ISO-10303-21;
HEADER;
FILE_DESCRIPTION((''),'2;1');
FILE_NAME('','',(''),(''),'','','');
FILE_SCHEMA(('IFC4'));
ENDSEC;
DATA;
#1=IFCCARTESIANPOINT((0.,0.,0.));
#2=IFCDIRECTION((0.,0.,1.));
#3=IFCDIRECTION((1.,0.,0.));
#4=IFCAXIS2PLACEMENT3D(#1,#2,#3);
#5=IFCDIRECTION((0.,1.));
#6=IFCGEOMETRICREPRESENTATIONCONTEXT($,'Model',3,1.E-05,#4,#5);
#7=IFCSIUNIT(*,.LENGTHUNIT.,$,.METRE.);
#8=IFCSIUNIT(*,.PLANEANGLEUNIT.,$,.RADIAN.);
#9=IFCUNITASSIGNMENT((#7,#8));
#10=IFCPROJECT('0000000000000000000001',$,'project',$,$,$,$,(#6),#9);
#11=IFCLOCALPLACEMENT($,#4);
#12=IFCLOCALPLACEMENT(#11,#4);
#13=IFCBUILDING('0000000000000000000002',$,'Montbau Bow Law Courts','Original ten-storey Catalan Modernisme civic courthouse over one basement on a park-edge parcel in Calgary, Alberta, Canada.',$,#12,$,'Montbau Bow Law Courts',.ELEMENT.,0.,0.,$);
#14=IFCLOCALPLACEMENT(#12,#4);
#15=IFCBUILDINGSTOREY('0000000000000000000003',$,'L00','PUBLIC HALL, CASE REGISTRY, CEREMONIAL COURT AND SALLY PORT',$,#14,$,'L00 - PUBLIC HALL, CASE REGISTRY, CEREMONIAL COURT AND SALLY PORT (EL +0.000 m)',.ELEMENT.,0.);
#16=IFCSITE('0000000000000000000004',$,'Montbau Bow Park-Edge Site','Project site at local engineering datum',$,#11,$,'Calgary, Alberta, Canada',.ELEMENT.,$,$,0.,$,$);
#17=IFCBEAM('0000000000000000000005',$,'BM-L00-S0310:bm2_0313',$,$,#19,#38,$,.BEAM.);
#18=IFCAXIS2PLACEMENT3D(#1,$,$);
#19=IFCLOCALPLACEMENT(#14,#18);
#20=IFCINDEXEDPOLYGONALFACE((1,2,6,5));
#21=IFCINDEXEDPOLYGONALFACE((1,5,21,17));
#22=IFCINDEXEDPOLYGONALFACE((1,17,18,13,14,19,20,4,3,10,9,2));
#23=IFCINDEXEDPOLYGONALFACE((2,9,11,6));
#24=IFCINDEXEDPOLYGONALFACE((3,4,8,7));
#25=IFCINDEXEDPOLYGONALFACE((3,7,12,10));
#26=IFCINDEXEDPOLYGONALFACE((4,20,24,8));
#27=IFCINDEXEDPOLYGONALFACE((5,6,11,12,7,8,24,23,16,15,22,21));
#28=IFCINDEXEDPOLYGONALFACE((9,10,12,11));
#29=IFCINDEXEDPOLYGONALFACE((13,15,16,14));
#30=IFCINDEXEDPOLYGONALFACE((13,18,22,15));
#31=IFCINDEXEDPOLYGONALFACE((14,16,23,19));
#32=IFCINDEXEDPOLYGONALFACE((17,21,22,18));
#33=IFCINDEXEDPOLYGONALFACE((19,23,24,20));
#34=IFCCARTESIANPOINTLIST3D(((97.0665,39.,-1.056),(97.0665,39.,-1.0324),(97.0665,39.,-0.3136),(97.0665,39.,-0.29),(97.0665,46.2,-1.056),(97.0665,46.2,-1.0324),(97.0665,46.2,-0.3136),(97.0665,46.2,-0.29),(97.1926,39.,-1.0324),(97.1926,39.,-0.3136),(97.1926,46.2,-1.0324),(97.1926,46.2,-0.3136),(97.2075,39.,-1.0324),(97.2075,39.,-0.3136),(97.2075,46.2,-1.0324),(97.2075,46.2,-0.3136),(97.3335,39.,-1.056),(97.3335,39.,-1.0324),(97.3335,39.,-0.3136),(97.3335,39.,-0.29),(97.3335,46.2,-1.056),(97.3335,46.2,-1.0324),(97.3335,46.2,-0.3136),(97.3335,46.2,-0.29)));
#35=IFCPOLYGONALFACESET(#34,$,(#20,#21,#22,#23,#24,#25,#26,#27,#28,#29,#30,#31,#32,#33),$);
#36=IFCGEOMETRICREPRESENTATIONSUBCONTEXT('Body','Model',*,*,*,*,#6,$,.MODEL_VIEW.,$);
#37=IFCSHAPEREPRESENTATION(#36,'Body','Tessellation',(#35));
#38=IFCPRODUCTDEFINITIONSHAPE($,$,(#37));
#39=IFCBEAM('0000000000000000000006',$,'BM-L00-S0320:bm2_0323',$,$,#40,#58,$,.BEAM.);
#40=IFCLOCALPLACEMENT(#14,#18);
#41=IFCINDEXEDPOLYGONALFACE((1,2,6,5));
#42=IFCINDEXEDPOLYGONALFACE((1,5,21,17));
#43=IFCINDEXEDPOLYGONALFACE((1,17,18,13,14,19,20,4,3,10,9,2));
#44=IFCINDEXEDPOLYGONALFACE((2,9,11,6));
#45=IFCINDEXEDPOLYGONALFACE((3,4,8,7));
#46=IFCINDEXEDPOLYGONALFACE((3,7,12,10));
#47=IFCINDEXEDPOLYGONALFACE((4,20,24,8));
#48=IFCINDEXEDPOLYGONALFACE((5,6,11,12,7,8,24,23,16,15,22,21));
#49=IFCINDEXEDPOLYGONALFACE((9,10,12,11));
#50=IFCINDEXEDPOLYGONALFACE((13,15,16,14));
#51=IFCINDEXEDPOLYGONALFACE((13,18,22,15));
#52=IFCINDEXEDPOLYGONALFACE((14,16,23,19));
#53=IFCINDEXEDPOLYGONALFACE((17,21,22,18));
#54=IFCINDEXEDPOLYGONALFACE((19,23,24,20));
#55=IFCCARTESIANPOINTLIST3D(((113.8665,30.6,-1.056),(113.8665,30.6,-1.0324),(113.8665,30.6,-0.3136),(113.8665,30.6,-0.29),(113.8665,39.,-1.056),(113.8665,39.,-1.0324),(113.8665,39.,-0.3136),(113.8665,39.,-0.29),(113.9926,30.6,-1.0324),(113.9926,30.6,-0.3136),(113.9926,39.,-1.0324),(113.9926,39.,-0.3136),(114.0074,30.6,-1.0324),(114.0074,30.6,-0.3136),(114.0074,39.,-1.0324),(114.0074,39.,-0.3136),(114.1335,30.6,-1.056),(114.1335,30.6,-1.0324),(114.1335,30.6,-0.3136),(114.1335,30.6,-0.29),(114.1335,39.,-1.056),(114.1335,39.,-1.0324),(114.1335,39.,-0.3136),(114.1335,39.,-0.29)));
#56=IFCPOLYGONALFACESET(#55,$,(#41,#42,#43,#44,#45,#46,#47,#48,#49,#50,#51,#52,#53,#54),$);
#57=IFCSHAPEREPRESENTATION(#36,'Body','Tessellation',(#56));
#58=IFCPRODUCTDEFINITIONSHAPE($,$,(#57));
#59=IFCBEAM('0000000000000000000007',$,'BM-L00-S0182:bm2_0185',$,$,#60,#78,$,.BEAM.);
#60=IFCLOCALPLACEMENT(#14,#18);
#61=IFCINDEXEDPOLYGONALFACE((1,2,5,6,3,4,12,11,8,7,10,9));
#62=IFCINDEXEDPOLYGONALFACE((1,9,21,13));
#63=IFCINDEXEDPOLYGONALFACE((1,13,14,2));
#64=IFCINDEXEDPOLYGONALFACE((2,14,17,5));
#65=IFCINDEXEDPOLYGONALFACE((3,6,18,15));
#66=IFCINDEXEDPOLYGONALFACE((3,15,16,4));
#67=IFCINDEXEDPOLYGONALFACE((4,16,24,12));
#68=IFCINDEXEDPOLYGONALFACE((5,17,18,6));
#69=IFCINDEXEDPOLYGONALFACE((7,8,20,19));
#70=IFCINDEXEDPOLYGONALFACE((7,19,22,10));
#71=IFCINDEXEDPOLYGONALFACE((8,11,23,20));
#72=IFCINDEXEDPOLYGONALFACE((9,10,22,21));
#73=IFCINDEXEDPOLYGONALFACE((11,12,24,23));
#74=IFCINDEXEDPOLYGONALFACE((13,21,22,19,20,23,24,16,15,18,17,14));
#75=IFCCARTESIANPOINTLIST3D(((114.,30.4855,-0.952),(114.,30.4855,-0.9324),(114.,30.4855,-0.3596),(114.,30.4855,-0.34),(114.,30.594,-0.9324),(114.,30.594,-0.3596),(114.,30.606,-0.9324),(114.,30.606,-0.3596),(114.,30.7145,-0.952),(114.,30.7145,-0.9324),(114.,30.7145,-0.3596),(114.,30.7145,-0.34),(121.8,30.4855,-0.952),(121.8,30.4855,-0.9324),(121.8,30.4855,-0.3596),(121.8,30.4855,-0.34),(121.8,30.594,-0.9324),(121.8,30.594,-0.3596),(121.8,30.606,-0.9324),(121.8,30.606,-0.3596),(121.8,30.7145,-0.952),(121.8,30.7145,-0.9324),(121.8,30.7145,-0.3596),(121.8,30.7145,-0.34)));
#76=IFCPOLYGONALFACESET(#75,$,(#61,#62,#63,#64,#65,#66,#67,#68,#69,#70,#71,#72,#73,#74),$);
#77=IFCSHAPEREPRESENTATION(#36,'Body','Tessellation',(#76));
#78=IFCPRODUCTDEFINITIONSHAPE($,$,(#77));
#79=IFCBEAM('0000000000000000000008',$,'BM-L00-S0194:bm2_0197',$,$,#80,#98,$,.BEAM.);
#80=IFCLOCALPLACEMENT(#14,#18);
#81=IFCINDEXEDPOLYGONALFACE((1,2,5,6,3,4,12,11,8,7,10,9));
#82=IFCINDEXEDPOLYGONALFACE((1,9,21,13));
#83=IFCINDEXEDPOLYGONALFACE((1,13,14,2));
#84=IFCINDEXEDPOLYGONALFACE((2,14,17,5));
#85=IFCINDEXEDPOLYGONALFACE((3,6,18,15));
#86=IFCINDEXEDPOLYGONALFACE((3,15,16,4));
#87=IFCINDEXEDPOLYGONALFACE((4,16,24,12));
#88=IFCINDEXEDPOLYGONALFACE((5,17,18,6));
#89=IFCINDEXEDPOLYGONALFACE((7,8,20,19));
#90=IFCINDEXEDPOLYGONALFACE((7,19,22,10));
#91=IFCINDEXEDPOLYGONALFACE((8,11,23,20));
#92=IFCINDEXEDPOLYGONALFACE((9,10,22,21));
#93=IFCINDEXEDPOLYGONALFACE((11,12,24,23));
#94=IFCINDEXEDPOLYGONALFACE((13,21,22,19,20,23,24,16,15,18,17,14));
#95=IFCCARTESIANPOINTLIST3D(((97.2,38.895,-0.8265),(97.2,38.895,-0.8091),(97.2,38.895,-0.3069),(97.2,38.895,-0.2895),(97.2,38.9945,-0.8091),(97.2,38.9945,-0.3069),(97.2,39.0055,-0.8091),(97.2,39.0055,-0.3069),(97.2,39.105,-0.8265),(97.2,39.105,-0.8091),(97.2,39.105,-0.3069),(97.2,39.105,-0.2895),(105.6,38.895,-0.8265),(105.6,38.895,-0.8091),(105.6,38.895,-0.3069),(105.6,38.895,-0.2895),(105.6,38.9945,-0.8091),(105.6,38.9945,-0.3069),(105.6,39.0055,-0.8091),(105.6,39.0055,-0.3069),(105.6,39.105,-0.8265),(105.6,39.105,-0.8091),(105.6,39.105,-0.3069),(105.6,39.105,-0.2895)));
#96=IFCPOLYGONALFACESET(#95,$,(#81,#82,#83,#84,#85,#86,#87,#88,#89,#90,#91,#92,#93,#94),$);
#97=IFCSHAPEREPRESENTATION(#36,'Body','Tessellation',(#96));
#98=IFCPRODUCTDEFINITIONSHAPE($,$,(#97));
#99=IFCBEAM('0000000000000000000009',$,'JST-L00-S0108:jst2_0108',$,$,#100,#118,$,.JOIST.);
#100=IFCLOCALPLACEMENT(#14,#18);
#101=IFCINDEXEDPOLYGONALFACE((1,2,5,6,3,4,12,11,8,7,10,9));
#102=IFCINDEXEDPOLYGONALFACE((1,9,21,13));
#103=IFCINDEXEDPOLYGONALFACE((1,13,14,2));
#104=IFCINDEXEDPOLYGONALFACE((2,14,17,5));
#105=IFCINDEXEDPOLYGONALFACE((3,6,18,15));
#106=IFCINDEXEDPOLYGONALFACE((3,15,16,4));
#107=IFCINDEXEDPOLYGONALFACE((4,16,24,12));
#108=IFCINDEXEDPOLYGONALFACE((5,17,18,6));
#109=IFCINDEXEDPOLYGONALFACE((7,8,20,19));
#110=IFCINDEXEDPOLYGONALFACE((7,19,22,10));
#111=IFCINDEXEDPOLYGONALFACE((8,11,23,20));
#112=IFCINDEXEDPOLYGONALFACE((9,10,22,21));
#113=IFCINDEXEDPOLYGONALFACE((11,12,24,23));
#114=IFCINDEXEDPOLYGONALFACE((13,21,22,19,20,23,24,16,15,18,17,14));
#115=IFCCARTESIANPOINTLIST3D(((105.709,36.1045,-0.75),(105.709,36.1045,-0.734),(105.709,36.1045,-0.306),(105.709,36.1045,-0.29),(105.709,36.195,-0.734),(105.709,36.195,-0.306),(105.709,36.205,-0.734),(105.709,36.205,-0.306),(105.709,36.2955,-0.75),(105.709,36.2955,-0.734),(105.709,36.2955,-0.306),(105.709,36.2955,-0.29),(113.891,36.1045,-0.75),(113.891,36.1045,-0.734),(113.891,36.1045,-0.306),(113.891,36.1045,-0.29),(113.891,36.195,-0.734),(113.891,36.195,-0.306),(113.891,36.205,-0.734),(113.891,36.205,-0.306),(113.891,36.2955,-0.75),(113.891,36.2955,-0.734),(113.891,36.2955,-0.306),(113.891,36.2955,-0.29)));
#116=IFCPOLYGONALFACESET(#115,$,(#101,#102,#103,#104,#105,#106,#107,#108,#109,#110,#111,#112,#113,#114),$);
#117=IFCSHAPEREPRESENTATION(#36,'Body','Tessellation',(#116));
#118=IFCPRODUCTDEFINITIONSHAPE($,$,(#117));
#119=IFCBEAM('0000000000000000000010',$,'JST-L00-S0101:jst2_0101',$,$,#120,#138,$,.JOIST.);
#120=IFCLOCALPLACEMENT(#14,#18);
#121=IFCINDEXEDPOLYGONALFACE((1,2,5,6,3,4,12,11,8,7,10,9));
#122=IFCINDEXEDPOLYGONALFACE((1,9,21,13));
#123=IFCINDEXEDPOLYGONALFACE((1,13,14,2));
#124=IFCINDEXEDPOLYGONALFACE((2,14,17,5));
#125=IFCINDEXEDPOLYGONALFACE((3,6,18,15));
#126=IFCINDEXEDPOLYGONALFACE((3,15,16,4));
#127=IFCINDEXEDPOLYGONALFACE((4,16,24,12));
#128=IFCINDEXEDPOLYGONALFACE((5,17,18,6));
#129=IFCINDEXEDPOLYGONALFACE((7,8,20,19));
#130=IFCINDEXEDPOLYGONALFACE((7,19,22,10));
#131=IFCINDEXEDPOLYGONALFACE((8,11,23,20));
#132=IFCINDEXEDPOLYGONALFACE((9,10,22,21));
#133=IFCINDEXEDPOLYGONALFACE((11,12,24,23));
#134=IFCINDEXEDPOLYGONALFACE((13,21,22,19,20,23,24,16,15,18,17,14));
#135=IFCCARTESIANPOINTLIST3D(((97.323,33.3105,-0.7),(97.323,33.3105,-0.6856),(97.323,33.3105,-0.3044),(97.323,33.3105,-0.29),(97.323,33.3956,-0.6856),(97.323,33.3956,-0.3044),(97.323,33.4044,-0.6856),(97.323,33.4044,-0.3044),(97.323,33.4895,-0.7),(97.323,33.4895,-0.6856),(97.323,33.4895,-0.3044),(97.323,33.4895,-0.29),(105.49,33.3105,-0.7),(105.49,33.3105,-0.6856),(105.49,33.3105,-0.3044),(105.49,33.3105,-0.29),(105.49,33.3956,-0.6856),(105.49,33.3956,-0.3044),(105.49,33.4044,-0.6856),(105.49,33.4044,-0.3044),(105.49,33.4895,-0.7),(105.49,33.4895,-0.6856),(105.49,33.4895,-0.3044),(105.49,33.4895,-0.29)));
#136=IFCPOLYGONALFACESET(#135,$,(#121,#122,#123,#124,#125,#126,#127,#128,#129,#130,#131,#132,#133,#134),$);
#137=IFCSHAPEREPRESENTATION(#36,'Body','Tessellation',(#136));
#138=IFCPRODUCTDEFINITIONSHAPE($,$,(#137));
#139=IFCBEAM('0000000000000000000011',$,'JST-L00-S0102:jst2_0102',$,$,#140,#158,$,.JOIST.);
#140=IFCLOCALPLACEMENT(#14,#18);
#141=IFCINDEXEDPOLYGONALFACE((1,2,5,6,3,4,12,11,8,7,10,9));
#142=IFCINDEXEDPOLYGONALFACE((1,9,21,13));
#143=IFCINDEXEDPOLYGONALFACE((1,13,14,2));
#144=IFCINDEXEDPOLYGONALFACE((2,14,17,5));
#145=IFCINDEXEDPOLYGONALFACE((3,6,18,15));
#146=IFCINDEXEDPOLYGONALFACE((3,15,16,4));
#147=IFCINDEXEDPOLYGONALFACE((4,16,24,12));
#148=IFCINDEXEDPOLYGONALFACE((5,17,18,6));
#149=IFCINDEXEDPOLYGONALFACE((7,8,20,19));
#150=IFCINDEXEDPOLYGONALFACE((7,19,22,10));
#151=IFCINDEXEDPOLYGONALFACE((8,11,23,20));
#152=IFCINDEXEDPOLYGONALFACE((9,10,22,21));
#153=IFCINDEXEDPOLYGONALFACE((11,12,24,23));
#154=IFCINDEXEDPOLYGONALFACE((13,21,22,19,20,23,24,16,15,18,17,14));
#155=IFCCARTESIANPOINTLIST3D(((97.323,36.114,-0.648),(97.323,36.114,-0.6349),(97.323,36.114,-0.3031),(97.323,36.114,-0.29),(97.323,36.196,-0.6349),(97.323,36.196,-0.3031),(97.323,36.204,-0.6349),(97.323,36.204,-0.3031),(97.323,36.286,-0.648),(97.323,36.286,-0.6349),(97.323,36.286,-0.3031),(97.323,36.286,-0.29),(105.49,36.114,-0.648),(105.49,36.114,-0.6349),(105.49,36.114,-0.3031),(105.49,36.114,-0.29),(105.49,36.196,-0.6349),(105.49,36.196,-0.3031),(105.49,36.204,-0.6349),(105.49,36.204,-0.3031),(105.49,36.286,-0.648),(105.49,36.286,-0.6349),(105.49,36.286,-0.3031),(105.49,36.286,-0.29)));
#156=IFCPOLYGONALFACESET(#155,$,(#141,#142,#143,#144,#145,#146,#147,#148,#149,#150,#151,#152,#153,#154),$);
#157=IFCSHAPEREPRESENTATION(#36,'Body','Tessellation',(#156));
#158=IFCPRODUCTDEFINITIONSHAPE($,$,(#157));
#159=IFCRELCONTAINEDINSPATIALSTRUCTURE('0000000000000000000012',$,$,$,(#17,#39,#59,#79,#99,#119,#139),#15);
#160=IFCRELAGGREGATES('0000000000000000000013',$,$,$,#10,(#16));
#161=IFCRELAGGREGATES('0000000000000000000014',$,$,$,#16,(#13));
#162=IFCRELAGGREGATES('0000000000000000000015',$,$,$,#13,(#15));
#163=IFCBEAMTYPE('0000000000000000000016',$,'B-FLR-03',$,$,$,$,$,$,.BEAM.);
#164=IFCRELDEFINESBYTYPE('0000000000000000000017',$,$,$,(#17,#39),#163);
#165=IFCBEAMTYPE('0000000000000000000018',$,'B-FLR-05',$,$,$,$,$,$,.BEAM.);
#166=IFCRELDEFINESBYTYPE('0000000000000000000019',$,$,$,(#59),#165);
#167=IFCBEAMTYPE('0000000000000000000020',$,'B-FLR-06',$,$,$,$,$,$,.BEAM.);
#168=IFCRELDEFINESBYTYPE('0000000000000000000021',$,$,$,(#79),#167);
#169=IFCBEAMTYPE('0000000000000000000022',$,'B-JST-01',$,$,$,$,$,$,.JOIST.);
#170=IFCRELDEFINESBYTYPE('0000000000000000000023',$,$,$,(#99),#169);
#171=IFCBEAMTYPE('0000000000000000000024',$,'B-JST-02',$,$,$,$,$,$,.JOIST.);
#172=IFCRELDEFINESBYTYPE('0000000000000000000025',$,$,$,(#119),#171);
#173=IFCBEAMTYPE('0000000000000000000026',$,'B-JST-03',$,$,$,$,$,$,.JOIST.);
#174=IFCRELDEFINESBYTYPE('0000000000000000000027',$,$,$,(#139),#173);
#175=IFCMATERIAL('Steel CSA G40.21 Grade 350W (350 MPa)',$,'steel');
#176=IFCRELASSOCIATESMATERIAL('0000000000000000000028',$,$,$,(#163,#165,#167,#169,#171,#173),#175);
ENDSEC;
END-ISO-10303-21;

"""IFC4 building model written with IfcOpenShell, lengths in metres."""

from ifc_helpers import new_model, si_unit, direction, frame, origin_with_axes, origin_2d_with_axis, place, context, subcontext, project, spatial, i_section, extrude, material, material_profile, profile_set, type_object, element, save


model = new_model("IFC4")

# Units and contexts
model_context = context("Model", 3, precision=1e-05, world=origin_with_axes(), true_north=direction((0.0, 1.0)))
body_context = subcontext(model_context, "Body", "Model", "MODEL_VIEW")
ifc_project = project(units=[si_unit("LENGTHUNIT", "METRE"), si_unit("PLANEANGLEUNIT", "RADIAN")], contexts=[model_context])

# Site, building, storey
site_placement = place(None, origin_with_axes())
site = spatial("IfcSite", under=ifc_project, at=site_placement, Name="Montbau Bow Park-Edge Site", Description="Project site at local engineering datum", LongName="Calgary, Alberta, Canada", CompositionType="ELEMENT", RefElevation=0.0)
building_placement = place(site_placement, origin_with_axes())
building = spatial("IfcBuilding", under=site, at=building_placement, Name="Montbau Bow Law Courts", Description="Original ten-storey Catalan Modernisme civic courthouse over one basement on a park-edge parcel in Calgary, Alberta, Canada.", LongName="Montbau Bow Law Courts", CompositionType="ELEMENT", ElevationOfRefHeight=0.0, ElevationOfTerrain=0.0)
storey_placement = place(building_placement, origin_with_axes())
storey = spatial("IfcBuildingStorey", under=building, at=storey_placement, Name="L00", Description="PUBLIC HALL, CASE REGISTRY, CEREMONIAL COURT AND SALLY PORT", LongName="L00 - PUBLIC HALL, CASE REGISTRY, CEREMONIAL COURT AND SALLY PORT (EL +0.000 m)", CompositionType="ELEMENT", Elevation=0.0)

# Shared definitions
ifc_material_1 = material(Name="Steel CSA G40.21 Grade 350W (350 MPa)", Category="steel")

# Beams
ifc_material_profile_1 = material_profile(ifc_material_1, i_section(OverallWidth=0.267, OverallDepth=0.766, WebThickness=0.0149, FlangeThickness=0.0236, at=origin_2d_with_axis()), Name="W760X185", Category="Main", Priority=0)
ifc_profile_set_1 = profile_set([ifc_material_profile_1], Name="Steel CSA G40.21 Grade 350W (350 MPa)")
beam_type_1 = type_object("IfcBeamType", Name="B-FLR-03", PredefinedType="BEAM", material=ifc_profile_set_1)
beam_1_placement = place(None, frame((97.2, 39.0, -0.673), z_axis=(0.0, 1.0, 0.0), x_axis=(-1.0, 0.0, 0.0)))
element("IfcBeam", 1, at=beam_1_placement, inside=storey, type_object=beam_type_1, Name="BM-L00-S0310:bm2_0313", PredefinedType="BEAM", context=body_context, shape_type="SweptSolid", body=[
    extrude(i_section(OverallWidth=0.267, OverallDepth=0.766, WebThickness=0.0149, FlangeThickness=0.0236, at=origin_2d_with_axis()), origin_with_axes(), (0.0, 0.0, 1.0), 7.2),
])
beam_2_placement = place(None, frame((114.0, 30.6, -0.673), z_axis=(0.0, 1.0, 0.0), x_axis=(-1.0, 0.0, 0.0)))
element("IfcBeam", 2, at=beam_2_placement, inside=storey, type_object=beam_type_1, Name="BM-L00-S0320:bm2_0323", PredefinedType="BEAM", context=body_context, shape_type="SweptSolid", body=[
    extrude(i_section(OverallWidth=0.267, OverallDepth=0.766, WebThickness=0.0149, FlangeThickness=0.0236, at=origin_2d_with_axis()), origin_with_axes(), (0.0, 0.0, 1.0), 8.4),
])
ifc_material_profile_2 = material_profile(ifc_material_1, i_section(OverallWidth=0.229, OverallDepth=0.612, WebThickness=0.0119, FlangeThickness=0.0196, at=origin_2d_with_axis()), Name="W610X125", Category="Main", Priority=0)
ifc_profile_set_2 = profile_set([ifc_material_profile_2], Name="Steel CSA G40.21 Grade 350W (350 MPa)")
beam_type_2 = type_object("IfcBeamType", Name="B-FLR-05", PredefinedType="BEAM", material=ifc_profile_set_2)
beam_3_placement = place(None, frame((114.0, 30.6, -0.646), z_axis=(1.0, 0.0, 0.0), x_axis=(0.0, 1.0, 0.0)))
element("IfcBeam", 3, at=beam_3_placement, inside=storey, type_object=beam_type_2, Name="BM-L00-S0182:bm2_0185", PredefinedType="BEAM", context=body_context, shape_type="SweptSolid", body=[
    extrude(i_section(OverallWidth=0.229, OverallDepth=0.612, WebThickness=0.0119, FlangeThickness=0.0196, at=origin_2d_with_axis()), origin_with_axes(), (0.0, 0.0, 1.0), 7.8),
])
ifc_material_profile_3 = material_profile(ifc_material_1, i_section(OverallWidth=0.21, OverallDepth=0.537, WebThickness=0.0109, FlangeThickness=0.0174, at=origin_2d_with_axis()), Name="W530X101", Category="Main", Priority=0)
ifc_profile_set_3 = profile_set([ifc_material_profile_3], Name="Steel CSA G40.21 Grade 350W (350 MPa)")
beam_type_3 = type_object("IfcBeamType", Name="B-FLR-06", PredefinedType="BEAM", material=ifc_profile_set_3)
beam_4_placement = place(None, frame((97.2, 39.0, -0.558), z_axis=(1.0, 0.0, 0.0), x_axis=(0.0, 1.0, 0.0)))
element("IfcBeam", 4, at=beam_4_placement, inside=storey, type_object=beam_type_3, Name="BM-L00-S0194:bm2_0197", PredefinedType="BEAM", context=body_context, shape_type="SweptSolid", body=[
    extrude(i_section(OverallWidth=0.21, OverallDepth=0.537, WebThickness=0.0109, FlangeThickness=0.0174, at=origin_2d_with_axis()), origin_with_axes(), (0.0, 0.0, 1.0), 8.4),
])
ifc_material_profile_4 = material_profile(ifc_material_1, i_section(OverallWidth=0.191, OverallDepth=0.46, WebThickness=0.0099, FlangeThickness=0.016, at=origin_2d_with_axis()), Name="W460X82", Category="Main", Priority=0)
ifc_profile_set_4 = profile_set([ifc_material_profile_4], Name="Steel CSA G40.21 Grade 350W (350 MPa)")
beam_type_4 = type_object("IfcBeamType", Name="B-JST-01", PredefinedType="JOIST", material=ifc_profile_set_4)
beam_5_placement = place(None, frame((105.709, 36.2, -0.52), z_axis=(1.0, 0.0, 0.0), x_axis=(0.0, 1.0, 0.0)))
element("IfcBeam", 5, at=beam_5_placement, inside=storey, type_object=beam_type_4, Name="JST-L00-S0108:jst2_0108", PredefinedType="JOIST", context=body_context, shape_type="SweptSolid", body=[
    extrude(i_section(OverallWidth=0.191, OverallDepth=0.46, WebThickness=0.0099, FlangeThickness=0.016, at=origin_2d_with_axis()), origin_with_axes(), (0.0, 0.0, 1.0), 8.182),
])
ifc_material_profile_5 = material_profile(ifc_material_1, i_section(OverallWidth=0.179, OverallDepth=0.41, WebThickness=0.0088, FlangeThickness=0.0144, at=origin_2d_with_axis()), Name="W410X67", Category="Main", Priority=0)
ifc_profile_set_5 = profile_set([ifc_material_profile_5], Name="Steel CSA G40.21 Grade 350W (350 MPa)")
beam_type_5 = type_object("IfcBeamType", Name="B-JST-02", PredefinedType="JOIST", material=ifc_profile_set_5)
beam_6_placement = place(None, frame((97.323, 33.4, -0.495), z_axis=(1.0, 0.0, 0.0), x_axis=(0.0, 1.0, 0.0)))
element("IfcBeam", 6, at=beam_6_placement, inside=storey, type_object=beam_type_5, Name="JST-L00-S0101:jst2_0101", PredefinedType="JOIST", context=body_context, shape_type="SweptSolid", body=[
    extrude(i_section(OverallWidth=0.179, OverallDepth=0.41, WebThickness=0.0088, FlangeThickness=0.0144, at=origin_2d_with_axis()), origin_with_axes(), (0.0, 0.0, 1.0), 8.167),
])
ifc_material_profile_6 = material_profile(ifc_material_1, i_section(OverallWidth=0.172, OverallDepth=0.358, WebThickness=0.0079, FlangeThickness=0.0131, at=origin_2d_with_axis()), Name="W360X57", Category="Main", Priority=0)
ifc_profile_set_6 = profile_set([ifc_material_profile_6], Name="Steel CSA G40.21 Grade 350W (350 MPa)")
beam_type_6 = type_object("IfcBeamType", Name="B-JST-03", PredefinedType="JOIST", material=ifc_profile_set_6)
beam_7_placement = place(None, frame((97.323, 36.2, -0.469), z_axis=(1.0, 0.0, 0.0), x_axis=(0.0, 1.0, 0.0)))
element("IfcBeam", 7, at=beam_7_placement, inside=storey, type_object=beam_type_6, Name="JST-L00-S0102:jst2_0102", PredefinedType="JOIST", context=body_context, shape_type="SweptSolid", body=[
    extrude(i_section(OverallWidth=0.172, OverallDepth=0.358, WebThickness=0.0079, FlangeThickness=0.0131, at=origin_2d_with_axis()), origin_with_axes(), (0.0, 0.0, 1.0), 8.167),
])

save(model, "model.ifc")
